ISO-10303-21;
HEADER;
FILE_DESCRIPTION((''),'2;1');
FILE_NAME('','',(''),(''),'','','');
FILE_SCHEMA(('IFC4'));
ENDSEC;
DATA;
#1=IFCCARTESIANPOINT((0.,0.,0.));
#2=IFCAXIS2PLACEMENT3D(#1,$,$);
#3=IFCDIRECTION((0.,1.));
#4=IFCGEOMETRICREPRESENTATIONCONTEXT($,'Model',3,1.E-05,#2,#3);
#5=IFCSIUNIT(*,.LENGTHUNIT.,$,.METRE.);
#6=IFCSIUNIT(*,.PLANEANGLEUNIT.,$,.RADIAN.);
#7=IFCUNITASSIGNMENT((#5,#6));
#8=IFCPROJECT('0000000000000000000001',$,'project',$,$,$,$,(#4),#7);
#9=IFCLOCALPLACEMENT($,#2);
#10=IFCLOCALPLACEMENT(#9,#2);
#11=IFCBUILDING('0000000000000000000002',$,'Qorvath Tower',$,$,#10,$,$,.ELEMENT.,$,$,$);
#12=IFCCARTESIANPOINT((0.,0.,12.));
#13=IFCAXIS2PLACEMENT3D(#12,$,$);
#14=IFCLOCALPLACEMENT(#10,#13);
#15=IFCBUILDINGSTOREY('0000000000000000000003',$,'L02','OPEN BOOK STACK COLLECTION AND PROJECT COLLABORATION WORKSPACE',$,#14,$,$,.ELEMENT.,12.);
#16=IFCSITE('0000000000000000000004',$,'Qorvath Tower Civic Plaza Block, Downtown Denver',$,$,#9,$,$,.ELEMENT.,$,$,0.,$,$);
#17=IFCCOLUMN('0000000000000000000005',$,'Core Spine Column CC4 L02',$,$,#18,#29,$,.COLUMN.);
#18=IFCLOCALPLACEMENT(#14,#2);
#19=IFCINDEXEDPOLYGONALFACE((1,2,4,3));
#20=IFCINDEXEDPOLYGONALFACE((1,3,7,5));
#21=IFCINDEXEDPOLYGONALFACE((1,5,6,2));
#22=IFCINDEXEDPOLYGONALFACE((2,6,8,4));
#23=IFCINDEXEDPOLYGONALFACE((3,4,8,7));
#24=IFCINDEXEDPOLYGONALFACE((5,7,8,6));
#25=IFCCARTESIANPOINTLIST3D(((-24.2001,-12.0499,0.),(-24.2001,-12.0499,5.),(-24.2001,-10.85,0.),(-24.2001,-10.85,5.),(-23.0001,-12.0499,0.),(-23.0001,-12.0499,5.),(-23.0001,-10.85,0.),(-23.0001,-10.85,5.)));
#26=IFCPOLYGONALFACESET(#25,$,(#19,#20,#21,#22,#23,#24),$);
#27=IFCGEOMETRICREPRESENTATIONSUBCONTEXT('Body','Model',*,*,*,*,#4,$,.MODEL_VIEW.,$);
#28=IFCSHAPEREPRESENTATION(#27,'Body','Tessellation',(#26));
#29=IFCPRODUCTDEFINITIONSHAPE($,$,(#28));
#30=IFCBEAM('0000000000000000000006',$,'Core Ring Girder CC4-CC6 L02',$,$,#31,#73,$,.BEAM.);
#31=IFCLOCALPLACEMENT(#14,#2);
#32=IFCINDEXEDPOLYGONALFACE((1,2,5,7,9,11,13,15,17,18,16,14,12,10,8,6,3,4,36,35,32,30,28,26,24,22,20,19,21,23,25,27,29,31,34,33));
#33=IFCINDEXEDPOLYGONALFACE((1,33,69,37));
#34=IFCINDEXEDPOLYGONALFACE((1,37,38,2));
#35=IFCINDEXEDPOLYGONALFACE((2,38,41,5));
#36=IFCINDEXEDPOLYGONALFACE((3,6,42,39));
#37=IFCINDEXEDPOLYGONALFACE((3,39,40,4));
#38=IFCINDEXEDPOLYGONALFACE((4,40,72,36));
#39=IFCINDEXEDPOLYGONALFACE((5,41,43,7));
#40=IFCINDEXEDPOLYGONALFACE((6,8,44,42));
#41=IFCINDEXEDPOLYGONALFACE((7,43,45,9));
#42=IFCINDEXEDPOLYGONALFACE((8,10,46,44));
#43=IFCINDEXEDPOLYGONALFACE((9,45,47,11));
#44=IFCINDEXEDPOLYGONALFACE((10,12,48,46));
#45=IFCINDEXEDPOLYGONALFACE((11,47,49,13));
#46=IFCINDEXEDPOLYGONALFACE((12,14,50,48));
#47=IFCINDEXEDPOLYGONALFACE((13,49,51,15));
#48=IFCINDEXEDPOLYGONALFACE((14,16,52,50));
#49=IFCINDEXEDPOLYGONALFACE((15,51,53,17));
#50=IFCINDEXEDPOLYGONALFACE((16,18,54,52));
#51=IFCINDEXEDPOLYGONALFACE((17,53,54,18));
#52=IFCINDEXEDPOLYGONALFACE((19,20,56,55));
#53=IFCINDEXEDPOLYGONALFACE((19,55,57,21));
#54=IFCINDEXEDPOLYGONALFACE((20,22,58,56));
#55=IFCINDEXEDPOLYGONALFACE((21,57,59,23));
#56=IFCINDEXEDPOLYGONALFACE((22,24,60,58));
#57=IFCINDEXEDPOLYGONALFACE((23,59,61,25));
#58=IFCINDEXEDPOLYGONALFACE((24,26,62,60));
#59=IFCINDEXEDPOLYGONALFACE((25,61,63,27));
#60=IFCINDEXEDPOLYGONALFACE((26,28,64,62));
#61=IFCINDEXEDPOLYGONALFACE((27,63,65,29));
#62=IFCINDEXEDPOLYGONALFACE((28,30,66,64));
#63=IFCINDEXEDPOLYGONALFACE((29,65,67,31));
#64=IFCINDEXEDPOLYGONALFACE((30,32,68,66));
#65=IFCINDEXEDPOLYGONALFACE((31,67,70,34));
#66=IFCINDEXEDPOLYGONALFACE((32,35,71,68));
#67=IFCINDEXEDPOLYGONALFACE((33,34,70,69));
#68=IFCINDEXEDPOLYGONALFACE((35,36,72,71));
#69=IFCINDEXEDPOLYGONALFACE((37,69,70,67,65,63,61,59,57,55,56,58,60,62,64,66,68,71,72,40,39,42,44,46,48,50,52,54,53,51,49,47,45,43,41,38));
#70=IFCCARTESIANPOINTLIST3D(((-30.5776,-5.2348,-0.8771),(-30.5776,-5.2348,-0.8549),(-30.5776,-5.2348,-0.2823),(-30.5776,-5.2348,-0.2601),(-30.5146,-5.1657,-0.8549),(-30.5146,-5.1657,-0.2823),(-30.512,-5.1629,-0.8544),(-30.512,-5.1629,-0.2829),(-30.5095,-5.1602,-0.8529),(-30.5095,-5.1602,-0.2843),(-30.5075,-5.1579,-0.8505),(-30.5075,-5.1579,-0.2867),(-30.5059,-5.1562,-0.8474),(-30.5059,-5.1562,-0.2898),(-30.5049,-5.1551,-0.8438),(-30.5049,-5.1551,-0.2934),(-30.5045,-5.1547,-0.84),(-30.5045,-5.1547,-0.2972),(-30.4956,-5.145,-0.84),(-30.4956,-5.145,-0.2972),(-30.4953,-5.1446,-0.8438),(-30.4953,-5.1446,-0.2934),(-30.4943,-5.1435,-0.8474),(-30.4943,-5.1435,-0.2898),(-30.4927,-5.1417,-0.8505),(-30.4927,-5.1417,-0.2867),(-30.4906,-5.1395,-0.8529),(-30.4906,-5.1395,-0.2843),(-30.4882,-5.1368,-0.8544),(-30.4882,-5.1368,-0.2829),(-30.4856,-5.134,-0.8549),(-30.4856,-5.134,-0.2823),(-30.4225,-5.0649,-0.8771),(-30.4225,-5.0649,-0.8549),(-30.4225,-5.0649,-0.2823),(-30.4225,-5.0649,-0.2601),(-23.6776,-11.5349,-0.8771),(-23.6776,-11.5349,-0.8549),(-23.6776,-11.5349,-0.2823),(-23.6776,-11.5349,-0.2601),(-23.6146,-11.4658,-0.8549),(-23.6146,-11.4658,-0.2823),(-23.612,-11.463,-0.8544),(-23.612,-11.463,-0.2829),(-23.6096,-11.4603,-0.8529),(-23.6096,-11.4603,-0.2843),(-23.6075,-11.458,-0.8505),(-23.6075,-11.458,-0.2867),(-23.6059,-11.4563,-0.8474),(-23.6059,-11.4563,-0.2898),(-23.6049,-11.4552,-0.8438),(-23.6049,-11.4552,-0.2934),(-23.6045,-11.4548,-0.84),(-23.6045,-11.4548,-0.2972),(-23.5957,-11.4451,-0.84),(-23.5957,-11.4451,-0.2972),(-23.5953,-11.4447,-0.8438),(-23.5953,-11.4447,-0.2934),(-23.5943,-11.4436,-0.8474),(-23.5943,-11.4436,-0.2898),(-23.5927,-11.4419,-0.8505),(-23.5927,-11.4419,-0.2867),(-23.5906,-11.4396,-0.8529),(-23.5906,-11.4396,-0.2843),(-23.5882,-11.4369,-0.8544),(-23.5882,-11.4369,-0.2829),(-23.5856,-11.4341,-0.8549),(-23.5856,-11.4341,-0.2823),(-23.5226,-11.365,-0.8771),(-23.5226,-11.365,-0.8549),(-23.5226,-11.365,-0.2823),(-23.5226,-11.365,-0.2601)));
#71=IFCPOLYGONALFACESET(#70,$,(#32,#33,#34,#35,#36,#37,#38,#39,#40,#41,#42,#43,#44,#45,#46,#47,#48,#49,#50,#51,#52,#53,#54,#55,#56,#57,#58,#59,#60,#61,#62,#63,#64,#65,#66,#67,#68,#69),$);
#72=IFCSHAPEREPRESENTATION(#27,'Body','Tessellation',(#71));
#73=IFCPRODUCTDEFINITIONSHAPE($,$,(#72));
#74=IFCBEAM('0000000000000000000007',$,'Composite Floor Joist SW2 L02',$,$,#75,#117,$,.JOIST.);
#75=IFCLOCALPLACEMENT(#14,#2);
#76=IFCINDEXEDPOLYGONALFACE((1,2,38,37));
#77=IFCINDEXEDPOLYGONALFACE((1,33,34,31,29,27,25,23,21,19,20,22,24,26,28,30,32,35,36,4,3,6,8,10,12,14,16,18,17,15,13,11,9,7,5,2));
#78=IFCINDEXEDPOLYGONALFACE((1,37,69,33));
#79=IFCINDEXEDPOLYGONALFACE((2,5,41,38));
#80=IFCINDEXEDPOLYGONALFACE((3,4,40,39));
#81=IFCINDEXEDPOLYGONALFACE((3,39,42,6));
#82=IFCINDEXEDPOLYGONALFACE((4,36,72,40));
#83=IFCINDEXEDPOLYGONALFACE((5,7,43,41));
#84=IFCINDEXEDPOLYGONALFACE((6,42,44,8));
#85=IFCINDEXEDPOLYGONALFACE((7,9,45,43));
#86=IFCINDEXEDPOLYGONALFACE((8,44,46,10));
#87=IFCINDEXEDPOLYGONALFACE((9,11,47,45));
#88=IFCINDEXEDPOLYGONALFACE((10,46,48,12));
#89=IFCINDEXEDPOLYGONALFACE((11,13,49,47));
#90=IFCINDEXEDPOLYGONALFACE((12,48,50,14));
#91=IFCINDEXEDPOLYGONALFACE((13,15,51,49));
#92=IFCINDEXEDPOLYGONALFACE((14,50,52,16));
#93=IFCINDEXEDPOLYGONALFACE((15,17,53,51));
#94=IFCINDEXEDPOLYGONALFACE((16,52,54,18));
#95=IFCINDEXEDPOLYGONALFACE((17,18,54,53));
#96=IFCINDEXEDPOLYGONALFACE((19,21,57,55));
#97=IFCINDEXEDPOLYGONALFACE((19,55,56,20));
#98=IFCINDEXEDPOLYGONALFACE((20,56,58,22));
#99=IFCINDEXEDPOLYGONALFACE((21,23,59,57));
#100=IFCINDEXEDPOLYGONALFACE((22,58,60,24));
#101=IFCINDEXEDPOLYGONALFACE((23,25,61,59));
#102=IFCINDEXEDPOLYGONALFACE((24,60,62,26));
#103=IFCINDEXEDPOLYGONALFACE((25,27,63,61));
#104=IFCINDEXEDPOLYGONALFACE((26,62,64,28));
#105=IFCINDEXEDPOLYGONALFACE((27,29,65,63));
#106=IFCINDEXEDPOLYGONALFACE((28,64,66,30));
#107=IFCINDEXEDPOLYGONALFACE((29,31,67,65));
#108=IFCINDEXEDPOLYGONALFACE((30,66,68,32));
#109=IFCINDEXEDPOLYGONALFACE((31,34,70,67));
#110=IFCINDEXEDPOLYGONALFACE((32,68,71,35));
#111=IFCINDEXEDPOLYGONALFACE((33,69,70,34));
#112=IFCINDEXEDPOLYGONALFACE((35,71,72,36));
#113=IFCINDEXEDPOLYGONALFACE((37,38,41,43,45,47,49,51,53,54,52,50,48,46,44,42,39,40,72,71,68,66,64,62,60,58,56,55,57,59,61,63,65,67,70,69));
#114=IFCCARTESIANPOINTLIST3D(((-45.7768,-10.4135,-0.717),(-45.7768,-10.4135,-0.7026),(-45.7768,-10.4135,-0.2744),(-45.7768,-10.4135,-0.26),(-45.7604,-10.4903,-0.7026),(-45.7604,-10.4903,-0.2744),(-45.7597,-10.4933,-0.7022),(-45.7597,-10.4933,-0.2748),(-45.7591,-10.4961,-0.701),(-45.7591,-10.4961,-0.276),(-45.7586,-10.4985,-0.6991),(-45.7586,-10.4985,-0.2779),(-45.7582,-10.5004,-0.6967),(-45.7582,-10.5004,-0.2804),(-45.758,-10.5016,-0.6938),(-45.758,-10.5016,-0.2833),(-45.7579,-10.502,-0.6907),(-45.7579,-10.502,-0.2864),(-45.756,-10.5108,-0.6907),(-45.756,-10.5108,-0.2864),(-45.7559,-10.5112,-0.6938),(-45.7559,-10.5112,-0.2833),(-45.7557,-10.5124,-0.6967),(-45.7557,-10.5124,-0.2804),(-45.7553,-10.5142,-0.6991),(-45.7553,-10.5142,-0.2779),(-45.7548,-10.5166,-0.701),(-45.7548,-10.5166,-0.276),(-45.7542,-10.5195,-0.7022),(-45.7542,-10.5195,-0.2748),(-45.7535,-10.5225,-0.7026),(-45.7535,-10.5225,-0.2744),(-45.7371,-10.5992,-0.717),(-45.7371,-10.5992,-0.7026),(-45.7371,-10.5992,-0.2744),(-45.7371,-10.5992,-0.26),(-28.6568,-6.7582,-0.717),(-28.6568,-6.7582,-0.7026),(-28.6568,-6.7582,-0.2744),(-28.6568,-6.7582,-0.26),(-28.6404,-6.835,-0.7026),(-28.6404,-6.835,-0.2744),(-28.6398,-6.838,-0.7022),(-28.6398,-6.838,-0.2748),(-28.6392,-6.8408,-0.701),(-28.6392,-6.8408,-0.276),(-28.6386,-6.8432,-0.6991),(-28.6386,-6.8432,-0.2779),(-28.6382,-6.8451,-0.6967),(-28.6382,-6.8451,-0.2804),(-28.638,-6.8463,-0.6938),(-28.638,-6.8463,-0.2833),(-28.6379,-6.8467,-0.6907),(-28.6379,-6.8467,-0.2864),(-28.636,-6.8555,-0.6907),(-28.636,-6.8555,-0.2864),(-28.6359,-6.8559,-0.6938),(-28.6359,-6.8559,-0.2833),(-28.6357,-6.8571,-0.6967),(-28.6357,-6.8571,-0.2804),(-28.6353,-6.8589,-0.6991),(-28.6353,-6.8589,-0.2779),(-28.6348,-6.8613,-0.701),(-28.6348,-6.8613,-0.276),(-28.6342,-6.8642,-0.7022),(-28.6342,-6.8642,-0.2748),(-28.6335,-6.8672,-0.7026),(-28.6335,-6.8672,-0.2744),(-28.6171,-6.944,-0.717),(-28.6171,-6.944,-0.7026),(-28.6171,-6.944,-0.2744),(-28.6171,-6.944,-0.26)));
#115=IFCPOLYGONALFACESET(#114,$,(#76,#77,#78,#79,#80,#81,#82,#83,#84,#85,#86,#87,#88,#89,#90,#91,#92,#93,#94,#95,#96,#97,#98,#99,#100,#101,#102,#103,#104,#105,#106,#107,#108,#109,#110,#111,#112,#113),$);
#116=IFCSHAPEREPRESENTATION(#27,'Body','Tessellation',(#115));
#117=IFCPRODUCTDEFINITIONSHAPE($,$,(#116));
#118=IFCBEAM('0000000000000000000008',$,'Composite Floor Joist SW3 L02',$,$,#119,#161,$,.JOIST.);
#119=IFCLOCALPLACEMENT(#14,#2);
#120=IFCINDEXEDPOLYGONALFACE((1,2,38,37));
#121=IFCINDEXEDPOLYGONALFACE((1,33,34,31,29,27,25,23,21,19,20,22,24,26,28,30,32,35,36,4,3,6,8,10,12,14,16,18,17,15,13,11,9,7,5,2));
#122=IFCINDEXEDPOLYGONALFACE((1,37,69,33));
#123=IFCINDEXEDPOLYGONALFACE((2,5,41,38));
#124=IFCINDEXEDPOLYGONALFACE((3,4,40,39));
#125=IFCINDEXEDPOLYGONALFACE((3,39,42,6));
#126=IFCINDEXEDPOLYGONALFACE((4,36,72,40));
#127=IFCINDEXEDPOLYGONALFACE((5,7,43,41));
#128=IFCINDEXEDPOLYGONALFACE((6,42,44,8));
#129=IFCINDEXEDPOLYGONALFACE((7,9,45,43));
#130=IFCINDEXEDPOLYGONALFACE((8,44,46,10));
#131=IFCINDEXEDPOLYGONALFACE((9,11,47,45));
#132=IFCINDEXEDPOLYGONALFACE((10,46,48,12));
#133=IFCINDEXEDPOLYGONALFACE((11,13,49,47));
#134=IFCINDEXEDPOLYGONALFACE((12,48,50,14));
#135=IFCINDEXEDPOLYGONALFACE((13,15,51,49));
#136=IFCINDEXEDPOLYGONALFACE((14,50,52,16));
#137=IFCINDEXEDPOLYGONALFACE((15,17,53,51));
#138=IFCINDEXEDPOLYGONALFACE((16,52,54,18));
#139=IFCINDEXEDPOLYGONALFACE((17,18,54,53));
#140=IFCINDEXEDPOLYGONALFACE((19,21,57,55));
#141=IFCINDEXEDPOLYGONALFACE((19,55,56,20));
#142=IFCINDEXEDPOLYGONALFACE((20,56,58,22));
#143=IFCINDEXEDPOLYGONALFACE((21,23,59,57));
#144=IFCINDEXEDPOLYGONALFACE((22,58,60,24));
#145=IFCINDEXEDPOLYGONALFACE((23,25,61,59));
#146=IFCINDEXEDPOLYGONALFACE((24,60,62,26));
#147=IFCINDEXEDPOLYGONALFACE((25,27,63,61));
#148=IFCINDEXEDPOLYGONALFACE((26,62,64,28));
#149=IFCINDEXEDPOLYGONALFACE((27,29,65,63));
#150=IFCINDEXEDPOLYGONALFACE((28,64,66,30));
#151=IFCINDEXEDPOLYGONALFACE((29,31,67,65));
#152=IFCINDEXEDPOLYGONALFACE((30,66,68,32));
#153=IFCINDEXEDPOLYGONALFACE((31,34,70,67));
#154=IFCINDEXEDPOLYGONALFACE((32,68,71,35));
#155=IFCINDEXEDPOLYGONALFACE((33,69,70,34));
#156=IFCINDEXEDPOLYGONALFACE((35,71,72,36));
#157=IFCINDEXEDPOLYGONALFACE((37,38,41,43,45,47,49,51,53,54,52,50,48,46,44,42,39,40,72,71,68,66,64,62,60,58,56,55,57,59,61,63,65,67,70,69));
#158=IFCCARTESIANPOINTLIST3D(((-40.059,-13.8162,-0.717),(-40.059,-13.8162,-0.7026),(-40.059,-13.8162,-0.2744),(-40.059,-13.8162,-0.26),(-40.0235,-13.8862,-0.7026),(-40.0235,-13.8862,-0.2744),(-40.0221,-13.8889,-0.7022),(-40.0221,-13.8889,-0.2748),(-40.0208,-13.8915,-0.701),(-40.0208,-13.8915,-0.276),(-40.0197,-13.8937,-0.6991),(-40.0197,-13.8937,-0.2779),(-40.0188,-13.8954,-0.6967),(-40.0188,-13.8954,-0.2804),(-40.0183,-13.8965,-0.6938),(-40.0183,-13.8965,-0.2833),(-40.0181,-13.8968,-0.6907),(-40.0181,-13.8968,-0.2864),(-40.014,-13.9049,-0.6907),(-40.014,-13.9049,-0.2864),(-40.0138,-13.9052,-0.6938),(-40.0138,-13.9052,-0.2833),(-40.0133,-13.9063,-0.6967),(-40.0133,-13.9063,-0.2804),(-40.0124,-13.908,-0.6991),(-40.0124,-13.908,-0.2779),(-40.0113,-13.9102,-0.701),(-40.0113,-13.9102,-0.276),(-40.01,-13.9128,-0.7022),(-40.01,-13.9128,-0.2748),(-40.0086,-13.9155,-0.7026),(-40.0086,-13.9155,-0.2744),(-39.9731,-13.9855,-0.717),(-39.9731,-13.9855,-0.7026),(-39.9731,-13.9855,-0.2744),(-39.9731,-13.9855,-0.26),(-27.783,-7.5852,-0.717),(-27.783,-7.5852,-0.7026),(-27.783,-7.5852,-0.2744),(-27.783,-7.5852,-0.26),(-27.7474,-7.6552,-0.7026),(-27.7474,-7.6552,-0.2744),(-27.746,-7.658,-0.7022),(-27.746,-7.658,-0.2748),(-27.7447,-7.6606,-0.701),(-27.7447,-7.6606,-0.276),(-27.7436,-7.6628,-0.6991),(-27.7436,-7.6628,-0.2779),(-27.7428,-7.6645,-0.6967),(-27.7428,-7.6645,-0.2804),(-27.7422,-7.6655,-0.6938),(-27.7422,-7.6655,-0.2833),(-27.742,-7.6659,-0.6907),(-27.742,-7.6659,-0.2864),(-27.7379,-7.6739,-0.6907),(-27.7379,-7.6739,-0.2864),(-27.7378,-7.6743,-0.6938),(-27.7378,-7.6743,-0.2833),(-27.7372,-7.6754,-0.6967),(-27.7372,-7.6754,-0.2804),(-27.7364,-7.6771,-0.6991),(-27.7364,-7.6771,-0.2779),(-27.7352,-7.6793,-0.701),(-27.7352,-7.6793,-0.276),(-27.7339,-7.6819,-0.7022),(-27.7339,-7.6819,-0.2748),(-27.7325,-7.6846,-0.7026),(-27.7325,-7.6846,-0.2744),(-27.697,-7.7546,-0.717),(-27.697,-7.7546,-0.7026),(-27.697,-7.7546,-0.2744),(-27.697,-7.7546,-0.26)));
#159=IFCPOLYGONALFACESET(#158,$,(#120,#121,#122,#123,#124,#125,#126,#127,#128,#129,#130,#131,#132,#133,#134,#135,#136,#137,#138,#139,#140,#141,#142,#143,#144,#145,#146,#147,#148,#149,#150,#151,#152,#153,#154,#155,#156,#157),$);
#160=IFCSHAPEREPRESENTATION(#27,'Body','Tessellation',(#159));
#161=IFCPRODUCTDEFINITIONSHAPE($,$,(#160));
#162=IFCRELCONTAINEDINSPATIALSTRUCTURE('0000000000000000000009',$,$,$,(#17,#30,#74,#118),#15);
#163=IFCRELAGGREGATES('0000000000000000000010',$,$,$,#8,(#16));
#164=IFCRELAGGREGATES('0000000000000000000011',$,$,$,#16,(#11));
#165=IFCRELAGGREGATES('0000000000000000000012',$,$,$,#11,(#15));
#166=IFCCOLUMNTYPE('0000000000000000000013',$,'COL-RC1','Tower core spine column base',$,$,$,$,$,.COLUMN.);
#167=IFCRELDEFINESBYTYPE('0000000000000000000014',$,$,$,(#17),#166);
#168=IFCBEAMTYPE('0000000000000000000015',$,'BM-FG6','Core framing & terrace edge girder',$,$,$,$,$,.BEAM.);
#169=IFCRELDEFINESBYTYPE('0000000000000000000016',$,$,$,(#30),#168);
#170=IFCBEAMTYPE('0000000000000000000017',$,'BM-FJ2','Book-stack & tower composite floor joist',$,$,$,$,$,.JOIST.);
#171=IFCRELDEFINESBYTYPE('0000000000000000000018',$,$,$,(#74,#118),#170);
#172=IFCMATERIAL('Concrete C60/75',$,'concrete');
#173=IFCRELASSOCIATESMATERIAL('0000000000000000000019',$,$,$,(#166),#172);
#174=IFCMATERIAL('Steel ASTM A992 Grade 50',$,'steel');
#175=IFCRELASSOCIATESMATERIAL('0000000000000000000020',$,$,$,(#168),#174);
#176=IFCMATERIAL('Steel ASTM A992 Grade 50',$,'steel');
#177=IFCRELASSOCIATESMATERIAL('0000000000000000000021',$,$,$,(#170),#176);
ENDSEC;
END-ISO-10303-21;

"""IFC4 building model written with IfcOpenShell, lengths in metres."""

from ifc_helpers import new_model, si_unit, direction, frame, origin, origin_2d, place, context, subcontext, project, spatial, rectangle, i_section, extrude, material, material_profile, profile_set, type_object, element, save


model = new_model("IFC4")

# Units and contexts
model_context = context("Model", 3, precision=1e-05, world=origin(), true_north=direction((0.0, 1.0)))
body_context = subcontext(model_context, "Body", "Model", "MODEL_VIEW")
ifc_project = project(units=[si_unit("LENGTHUNIT", "METRE"), si_unit("PLANEANGLEUNIT", "RADIAN")], contexts=[model_context])

# Site, building, storey
site_placement = place(None, origin())
site = spatial("IfcSite", under=ifc_project, at=site_placement, Name="Qorvath Tower Civic Plaza Block, Downtown Denver", CompositionType="ELEMENT", RefElevation=0.0)
building_placement = place(site_placement, origin())
building = spatial("IfcBuilding", under=site, at=building_placement, Name="Qorvath Tower", CompositionType="ELEMENT")
storey_placement = place(building_placement, frame((0.0, 0.0, 12.0)))
storey = spatial("IfcBuildingStorey", under=building, at=storey_placement, Name="L02", Description="OPEN BOOK STACK COLLECTION AND PROJECT COLLABORATION WORKSPACE", CompositionType="ELEMENT", Elevation=12.0)

# Column
ifc_material_1 = material(Name="Concrete C60/75", Category="concrete")
ifc_material_profile_1 = material_profile(ifc_material_1, rectangle(XDim=1.2, YDim=1.2, at=origin_2d()), Name="RC 1200x1200")
ifc_profile_set_1 = profile_set([ifc_material_profile_1], Name="Concrete C60/75")
column_type = type_object("IfcColumnType", Name="COL-RC1", Description="Tower core spine column base", PredefinedType="COLUMN", material=ifc_profile_set_1)
column_placement = place(storey_placement, frame((-23.6001, -11.45, 0.0), z_axis=(0.0, 0.0, 1.0), x_axis=(1.0, 0.0, 0.0)))
element("IfcColumn", 1, at=column_placement, inside=storey, type_object=column_type, Name="Core Spine Column CC4 L02", PredefinedType="COLUMN", context=body_context, shape_type="SweptSolid", body=[
    extrude(rectangle(XDim=1.2, YDim=1.2, at=origin_2d()), origin(), (0.0, 0.0, 1.0), 5.0),
])

# Beams
ifc_material_2 = material(Name="Steel ASTM A992 Grade 50", Category="steel")
ifc_material_profile_2 = material_profile(ifc_material_2, i_section(OverallWidth=0.23, OverallDepth=0.6169, WebThickness=0.0132, FlangeThickness=0.0222, FilletRadius=0.0149, at=origin_2d()), Name="W24x94")
ifc_profile_set_2 = profile_set([ifc_material_profile_2], Name="Steel ASTM A992 Grade 50")
beam_type_1 = type_object("IfcBeamType", Name="BM-FG6", Description="Core framing & terrace edge girder", PredefinedType="BEAM", material=ifc_profile_set_2)
beam_1_placement = place(storey_placement, frame((-23.6001, -11.45, -0.5686), z_axis=(-0.738478, 0.674277, 0.0), x_axis=(-0.674277, -0.738478, 0.0)))
element("IfcBeam", 2, at=beam_1_placement, inside=storey, type_object=beam_type_1, Name="Core Ring Girder CC4-CC6 L02", PredefinedType="BEAM", context=body_context, shape_type="SweptSolid", body=[
    extrude(i_section(OverallWidth=0.23, OverallDepth=0.6169, WebThickness=0.0132, FlangeThickness=0.0222, FilletRadius=0.0149, at=origin_2d()), origin(), (0.0, 0.0, 1.0), 9.3435),
])
ifc_material_3 = material(Name="Steel ASTM A992 Grade 50", Category="steel")
ifc_material_profile_3 = material_profile(ifc_material_3, i_section(OverallWidth=0.1899, OverallDepth=0.457, WebThickness=0.009, FlangeThickness=0.0144, FilletRadius=0.012, at=origin_2d()), Name="W18x50")
ifc_profile_set_3 = profile_set([ifc_material_profile_3], Name="Steel ASTM A992 Grade 50")
beam_type_2 = type_object("IfcBeamType", Name="BM-FJ2", Description="Book-stack & tower composite floor joist", PredefinedType="JOIST", material=ifc_profile_set_3)
beam_2_placement = place(storey_placement, frame((-28.637, -6.8511, -0.4885), z_axis=(-0.977957, -0.208804, 0.0), x_axis=(0.208804, -0.977957, 0.0)))
element("IfcBeam", 3, at=beam_2_placement, inside=storey, type_object=beam_type_2, Name="Composite Floor Joist SW2 L02", PredefinedType="JOIST", context=body_context, shape_type="SweptSolid", body=[
    extrude(i_section(OverallWidth=0.1899, OverallDepth=0.457, WebThickness=0.009, FlangeThickness=0.0144, FilletRadius=0.012, at=origin_2d()), origin(), (0.0, 0.0, 1.0), 17.5059),
])
beam_3_placement = place(storey_placement, frame((-27.74, -7.6699, -0.4885), z_axis=(-0.891712, -0.452604, 0.0), x_axis=(0.452604, -0.891712, 0.0)))
element("IfcBeam", 4, at=beam_3_placement, inside=storey, type_object=beam_type_2, Name="Composite Floor Joist SW3 L02", PredefinedType="JOIST", context=body_context, shape_type="SweptSolid", body=[
    extrude(i_section(OverallWidth=0.1899, OverallDepth=0.457, WebThickness=0.009, FlangeThickness=0.0144, FilletRadius=0.012, at=origin_2d()), origin(), (0.0, 0.0, 1.0), 13.7668),
])

save(model, "model.ifc")
